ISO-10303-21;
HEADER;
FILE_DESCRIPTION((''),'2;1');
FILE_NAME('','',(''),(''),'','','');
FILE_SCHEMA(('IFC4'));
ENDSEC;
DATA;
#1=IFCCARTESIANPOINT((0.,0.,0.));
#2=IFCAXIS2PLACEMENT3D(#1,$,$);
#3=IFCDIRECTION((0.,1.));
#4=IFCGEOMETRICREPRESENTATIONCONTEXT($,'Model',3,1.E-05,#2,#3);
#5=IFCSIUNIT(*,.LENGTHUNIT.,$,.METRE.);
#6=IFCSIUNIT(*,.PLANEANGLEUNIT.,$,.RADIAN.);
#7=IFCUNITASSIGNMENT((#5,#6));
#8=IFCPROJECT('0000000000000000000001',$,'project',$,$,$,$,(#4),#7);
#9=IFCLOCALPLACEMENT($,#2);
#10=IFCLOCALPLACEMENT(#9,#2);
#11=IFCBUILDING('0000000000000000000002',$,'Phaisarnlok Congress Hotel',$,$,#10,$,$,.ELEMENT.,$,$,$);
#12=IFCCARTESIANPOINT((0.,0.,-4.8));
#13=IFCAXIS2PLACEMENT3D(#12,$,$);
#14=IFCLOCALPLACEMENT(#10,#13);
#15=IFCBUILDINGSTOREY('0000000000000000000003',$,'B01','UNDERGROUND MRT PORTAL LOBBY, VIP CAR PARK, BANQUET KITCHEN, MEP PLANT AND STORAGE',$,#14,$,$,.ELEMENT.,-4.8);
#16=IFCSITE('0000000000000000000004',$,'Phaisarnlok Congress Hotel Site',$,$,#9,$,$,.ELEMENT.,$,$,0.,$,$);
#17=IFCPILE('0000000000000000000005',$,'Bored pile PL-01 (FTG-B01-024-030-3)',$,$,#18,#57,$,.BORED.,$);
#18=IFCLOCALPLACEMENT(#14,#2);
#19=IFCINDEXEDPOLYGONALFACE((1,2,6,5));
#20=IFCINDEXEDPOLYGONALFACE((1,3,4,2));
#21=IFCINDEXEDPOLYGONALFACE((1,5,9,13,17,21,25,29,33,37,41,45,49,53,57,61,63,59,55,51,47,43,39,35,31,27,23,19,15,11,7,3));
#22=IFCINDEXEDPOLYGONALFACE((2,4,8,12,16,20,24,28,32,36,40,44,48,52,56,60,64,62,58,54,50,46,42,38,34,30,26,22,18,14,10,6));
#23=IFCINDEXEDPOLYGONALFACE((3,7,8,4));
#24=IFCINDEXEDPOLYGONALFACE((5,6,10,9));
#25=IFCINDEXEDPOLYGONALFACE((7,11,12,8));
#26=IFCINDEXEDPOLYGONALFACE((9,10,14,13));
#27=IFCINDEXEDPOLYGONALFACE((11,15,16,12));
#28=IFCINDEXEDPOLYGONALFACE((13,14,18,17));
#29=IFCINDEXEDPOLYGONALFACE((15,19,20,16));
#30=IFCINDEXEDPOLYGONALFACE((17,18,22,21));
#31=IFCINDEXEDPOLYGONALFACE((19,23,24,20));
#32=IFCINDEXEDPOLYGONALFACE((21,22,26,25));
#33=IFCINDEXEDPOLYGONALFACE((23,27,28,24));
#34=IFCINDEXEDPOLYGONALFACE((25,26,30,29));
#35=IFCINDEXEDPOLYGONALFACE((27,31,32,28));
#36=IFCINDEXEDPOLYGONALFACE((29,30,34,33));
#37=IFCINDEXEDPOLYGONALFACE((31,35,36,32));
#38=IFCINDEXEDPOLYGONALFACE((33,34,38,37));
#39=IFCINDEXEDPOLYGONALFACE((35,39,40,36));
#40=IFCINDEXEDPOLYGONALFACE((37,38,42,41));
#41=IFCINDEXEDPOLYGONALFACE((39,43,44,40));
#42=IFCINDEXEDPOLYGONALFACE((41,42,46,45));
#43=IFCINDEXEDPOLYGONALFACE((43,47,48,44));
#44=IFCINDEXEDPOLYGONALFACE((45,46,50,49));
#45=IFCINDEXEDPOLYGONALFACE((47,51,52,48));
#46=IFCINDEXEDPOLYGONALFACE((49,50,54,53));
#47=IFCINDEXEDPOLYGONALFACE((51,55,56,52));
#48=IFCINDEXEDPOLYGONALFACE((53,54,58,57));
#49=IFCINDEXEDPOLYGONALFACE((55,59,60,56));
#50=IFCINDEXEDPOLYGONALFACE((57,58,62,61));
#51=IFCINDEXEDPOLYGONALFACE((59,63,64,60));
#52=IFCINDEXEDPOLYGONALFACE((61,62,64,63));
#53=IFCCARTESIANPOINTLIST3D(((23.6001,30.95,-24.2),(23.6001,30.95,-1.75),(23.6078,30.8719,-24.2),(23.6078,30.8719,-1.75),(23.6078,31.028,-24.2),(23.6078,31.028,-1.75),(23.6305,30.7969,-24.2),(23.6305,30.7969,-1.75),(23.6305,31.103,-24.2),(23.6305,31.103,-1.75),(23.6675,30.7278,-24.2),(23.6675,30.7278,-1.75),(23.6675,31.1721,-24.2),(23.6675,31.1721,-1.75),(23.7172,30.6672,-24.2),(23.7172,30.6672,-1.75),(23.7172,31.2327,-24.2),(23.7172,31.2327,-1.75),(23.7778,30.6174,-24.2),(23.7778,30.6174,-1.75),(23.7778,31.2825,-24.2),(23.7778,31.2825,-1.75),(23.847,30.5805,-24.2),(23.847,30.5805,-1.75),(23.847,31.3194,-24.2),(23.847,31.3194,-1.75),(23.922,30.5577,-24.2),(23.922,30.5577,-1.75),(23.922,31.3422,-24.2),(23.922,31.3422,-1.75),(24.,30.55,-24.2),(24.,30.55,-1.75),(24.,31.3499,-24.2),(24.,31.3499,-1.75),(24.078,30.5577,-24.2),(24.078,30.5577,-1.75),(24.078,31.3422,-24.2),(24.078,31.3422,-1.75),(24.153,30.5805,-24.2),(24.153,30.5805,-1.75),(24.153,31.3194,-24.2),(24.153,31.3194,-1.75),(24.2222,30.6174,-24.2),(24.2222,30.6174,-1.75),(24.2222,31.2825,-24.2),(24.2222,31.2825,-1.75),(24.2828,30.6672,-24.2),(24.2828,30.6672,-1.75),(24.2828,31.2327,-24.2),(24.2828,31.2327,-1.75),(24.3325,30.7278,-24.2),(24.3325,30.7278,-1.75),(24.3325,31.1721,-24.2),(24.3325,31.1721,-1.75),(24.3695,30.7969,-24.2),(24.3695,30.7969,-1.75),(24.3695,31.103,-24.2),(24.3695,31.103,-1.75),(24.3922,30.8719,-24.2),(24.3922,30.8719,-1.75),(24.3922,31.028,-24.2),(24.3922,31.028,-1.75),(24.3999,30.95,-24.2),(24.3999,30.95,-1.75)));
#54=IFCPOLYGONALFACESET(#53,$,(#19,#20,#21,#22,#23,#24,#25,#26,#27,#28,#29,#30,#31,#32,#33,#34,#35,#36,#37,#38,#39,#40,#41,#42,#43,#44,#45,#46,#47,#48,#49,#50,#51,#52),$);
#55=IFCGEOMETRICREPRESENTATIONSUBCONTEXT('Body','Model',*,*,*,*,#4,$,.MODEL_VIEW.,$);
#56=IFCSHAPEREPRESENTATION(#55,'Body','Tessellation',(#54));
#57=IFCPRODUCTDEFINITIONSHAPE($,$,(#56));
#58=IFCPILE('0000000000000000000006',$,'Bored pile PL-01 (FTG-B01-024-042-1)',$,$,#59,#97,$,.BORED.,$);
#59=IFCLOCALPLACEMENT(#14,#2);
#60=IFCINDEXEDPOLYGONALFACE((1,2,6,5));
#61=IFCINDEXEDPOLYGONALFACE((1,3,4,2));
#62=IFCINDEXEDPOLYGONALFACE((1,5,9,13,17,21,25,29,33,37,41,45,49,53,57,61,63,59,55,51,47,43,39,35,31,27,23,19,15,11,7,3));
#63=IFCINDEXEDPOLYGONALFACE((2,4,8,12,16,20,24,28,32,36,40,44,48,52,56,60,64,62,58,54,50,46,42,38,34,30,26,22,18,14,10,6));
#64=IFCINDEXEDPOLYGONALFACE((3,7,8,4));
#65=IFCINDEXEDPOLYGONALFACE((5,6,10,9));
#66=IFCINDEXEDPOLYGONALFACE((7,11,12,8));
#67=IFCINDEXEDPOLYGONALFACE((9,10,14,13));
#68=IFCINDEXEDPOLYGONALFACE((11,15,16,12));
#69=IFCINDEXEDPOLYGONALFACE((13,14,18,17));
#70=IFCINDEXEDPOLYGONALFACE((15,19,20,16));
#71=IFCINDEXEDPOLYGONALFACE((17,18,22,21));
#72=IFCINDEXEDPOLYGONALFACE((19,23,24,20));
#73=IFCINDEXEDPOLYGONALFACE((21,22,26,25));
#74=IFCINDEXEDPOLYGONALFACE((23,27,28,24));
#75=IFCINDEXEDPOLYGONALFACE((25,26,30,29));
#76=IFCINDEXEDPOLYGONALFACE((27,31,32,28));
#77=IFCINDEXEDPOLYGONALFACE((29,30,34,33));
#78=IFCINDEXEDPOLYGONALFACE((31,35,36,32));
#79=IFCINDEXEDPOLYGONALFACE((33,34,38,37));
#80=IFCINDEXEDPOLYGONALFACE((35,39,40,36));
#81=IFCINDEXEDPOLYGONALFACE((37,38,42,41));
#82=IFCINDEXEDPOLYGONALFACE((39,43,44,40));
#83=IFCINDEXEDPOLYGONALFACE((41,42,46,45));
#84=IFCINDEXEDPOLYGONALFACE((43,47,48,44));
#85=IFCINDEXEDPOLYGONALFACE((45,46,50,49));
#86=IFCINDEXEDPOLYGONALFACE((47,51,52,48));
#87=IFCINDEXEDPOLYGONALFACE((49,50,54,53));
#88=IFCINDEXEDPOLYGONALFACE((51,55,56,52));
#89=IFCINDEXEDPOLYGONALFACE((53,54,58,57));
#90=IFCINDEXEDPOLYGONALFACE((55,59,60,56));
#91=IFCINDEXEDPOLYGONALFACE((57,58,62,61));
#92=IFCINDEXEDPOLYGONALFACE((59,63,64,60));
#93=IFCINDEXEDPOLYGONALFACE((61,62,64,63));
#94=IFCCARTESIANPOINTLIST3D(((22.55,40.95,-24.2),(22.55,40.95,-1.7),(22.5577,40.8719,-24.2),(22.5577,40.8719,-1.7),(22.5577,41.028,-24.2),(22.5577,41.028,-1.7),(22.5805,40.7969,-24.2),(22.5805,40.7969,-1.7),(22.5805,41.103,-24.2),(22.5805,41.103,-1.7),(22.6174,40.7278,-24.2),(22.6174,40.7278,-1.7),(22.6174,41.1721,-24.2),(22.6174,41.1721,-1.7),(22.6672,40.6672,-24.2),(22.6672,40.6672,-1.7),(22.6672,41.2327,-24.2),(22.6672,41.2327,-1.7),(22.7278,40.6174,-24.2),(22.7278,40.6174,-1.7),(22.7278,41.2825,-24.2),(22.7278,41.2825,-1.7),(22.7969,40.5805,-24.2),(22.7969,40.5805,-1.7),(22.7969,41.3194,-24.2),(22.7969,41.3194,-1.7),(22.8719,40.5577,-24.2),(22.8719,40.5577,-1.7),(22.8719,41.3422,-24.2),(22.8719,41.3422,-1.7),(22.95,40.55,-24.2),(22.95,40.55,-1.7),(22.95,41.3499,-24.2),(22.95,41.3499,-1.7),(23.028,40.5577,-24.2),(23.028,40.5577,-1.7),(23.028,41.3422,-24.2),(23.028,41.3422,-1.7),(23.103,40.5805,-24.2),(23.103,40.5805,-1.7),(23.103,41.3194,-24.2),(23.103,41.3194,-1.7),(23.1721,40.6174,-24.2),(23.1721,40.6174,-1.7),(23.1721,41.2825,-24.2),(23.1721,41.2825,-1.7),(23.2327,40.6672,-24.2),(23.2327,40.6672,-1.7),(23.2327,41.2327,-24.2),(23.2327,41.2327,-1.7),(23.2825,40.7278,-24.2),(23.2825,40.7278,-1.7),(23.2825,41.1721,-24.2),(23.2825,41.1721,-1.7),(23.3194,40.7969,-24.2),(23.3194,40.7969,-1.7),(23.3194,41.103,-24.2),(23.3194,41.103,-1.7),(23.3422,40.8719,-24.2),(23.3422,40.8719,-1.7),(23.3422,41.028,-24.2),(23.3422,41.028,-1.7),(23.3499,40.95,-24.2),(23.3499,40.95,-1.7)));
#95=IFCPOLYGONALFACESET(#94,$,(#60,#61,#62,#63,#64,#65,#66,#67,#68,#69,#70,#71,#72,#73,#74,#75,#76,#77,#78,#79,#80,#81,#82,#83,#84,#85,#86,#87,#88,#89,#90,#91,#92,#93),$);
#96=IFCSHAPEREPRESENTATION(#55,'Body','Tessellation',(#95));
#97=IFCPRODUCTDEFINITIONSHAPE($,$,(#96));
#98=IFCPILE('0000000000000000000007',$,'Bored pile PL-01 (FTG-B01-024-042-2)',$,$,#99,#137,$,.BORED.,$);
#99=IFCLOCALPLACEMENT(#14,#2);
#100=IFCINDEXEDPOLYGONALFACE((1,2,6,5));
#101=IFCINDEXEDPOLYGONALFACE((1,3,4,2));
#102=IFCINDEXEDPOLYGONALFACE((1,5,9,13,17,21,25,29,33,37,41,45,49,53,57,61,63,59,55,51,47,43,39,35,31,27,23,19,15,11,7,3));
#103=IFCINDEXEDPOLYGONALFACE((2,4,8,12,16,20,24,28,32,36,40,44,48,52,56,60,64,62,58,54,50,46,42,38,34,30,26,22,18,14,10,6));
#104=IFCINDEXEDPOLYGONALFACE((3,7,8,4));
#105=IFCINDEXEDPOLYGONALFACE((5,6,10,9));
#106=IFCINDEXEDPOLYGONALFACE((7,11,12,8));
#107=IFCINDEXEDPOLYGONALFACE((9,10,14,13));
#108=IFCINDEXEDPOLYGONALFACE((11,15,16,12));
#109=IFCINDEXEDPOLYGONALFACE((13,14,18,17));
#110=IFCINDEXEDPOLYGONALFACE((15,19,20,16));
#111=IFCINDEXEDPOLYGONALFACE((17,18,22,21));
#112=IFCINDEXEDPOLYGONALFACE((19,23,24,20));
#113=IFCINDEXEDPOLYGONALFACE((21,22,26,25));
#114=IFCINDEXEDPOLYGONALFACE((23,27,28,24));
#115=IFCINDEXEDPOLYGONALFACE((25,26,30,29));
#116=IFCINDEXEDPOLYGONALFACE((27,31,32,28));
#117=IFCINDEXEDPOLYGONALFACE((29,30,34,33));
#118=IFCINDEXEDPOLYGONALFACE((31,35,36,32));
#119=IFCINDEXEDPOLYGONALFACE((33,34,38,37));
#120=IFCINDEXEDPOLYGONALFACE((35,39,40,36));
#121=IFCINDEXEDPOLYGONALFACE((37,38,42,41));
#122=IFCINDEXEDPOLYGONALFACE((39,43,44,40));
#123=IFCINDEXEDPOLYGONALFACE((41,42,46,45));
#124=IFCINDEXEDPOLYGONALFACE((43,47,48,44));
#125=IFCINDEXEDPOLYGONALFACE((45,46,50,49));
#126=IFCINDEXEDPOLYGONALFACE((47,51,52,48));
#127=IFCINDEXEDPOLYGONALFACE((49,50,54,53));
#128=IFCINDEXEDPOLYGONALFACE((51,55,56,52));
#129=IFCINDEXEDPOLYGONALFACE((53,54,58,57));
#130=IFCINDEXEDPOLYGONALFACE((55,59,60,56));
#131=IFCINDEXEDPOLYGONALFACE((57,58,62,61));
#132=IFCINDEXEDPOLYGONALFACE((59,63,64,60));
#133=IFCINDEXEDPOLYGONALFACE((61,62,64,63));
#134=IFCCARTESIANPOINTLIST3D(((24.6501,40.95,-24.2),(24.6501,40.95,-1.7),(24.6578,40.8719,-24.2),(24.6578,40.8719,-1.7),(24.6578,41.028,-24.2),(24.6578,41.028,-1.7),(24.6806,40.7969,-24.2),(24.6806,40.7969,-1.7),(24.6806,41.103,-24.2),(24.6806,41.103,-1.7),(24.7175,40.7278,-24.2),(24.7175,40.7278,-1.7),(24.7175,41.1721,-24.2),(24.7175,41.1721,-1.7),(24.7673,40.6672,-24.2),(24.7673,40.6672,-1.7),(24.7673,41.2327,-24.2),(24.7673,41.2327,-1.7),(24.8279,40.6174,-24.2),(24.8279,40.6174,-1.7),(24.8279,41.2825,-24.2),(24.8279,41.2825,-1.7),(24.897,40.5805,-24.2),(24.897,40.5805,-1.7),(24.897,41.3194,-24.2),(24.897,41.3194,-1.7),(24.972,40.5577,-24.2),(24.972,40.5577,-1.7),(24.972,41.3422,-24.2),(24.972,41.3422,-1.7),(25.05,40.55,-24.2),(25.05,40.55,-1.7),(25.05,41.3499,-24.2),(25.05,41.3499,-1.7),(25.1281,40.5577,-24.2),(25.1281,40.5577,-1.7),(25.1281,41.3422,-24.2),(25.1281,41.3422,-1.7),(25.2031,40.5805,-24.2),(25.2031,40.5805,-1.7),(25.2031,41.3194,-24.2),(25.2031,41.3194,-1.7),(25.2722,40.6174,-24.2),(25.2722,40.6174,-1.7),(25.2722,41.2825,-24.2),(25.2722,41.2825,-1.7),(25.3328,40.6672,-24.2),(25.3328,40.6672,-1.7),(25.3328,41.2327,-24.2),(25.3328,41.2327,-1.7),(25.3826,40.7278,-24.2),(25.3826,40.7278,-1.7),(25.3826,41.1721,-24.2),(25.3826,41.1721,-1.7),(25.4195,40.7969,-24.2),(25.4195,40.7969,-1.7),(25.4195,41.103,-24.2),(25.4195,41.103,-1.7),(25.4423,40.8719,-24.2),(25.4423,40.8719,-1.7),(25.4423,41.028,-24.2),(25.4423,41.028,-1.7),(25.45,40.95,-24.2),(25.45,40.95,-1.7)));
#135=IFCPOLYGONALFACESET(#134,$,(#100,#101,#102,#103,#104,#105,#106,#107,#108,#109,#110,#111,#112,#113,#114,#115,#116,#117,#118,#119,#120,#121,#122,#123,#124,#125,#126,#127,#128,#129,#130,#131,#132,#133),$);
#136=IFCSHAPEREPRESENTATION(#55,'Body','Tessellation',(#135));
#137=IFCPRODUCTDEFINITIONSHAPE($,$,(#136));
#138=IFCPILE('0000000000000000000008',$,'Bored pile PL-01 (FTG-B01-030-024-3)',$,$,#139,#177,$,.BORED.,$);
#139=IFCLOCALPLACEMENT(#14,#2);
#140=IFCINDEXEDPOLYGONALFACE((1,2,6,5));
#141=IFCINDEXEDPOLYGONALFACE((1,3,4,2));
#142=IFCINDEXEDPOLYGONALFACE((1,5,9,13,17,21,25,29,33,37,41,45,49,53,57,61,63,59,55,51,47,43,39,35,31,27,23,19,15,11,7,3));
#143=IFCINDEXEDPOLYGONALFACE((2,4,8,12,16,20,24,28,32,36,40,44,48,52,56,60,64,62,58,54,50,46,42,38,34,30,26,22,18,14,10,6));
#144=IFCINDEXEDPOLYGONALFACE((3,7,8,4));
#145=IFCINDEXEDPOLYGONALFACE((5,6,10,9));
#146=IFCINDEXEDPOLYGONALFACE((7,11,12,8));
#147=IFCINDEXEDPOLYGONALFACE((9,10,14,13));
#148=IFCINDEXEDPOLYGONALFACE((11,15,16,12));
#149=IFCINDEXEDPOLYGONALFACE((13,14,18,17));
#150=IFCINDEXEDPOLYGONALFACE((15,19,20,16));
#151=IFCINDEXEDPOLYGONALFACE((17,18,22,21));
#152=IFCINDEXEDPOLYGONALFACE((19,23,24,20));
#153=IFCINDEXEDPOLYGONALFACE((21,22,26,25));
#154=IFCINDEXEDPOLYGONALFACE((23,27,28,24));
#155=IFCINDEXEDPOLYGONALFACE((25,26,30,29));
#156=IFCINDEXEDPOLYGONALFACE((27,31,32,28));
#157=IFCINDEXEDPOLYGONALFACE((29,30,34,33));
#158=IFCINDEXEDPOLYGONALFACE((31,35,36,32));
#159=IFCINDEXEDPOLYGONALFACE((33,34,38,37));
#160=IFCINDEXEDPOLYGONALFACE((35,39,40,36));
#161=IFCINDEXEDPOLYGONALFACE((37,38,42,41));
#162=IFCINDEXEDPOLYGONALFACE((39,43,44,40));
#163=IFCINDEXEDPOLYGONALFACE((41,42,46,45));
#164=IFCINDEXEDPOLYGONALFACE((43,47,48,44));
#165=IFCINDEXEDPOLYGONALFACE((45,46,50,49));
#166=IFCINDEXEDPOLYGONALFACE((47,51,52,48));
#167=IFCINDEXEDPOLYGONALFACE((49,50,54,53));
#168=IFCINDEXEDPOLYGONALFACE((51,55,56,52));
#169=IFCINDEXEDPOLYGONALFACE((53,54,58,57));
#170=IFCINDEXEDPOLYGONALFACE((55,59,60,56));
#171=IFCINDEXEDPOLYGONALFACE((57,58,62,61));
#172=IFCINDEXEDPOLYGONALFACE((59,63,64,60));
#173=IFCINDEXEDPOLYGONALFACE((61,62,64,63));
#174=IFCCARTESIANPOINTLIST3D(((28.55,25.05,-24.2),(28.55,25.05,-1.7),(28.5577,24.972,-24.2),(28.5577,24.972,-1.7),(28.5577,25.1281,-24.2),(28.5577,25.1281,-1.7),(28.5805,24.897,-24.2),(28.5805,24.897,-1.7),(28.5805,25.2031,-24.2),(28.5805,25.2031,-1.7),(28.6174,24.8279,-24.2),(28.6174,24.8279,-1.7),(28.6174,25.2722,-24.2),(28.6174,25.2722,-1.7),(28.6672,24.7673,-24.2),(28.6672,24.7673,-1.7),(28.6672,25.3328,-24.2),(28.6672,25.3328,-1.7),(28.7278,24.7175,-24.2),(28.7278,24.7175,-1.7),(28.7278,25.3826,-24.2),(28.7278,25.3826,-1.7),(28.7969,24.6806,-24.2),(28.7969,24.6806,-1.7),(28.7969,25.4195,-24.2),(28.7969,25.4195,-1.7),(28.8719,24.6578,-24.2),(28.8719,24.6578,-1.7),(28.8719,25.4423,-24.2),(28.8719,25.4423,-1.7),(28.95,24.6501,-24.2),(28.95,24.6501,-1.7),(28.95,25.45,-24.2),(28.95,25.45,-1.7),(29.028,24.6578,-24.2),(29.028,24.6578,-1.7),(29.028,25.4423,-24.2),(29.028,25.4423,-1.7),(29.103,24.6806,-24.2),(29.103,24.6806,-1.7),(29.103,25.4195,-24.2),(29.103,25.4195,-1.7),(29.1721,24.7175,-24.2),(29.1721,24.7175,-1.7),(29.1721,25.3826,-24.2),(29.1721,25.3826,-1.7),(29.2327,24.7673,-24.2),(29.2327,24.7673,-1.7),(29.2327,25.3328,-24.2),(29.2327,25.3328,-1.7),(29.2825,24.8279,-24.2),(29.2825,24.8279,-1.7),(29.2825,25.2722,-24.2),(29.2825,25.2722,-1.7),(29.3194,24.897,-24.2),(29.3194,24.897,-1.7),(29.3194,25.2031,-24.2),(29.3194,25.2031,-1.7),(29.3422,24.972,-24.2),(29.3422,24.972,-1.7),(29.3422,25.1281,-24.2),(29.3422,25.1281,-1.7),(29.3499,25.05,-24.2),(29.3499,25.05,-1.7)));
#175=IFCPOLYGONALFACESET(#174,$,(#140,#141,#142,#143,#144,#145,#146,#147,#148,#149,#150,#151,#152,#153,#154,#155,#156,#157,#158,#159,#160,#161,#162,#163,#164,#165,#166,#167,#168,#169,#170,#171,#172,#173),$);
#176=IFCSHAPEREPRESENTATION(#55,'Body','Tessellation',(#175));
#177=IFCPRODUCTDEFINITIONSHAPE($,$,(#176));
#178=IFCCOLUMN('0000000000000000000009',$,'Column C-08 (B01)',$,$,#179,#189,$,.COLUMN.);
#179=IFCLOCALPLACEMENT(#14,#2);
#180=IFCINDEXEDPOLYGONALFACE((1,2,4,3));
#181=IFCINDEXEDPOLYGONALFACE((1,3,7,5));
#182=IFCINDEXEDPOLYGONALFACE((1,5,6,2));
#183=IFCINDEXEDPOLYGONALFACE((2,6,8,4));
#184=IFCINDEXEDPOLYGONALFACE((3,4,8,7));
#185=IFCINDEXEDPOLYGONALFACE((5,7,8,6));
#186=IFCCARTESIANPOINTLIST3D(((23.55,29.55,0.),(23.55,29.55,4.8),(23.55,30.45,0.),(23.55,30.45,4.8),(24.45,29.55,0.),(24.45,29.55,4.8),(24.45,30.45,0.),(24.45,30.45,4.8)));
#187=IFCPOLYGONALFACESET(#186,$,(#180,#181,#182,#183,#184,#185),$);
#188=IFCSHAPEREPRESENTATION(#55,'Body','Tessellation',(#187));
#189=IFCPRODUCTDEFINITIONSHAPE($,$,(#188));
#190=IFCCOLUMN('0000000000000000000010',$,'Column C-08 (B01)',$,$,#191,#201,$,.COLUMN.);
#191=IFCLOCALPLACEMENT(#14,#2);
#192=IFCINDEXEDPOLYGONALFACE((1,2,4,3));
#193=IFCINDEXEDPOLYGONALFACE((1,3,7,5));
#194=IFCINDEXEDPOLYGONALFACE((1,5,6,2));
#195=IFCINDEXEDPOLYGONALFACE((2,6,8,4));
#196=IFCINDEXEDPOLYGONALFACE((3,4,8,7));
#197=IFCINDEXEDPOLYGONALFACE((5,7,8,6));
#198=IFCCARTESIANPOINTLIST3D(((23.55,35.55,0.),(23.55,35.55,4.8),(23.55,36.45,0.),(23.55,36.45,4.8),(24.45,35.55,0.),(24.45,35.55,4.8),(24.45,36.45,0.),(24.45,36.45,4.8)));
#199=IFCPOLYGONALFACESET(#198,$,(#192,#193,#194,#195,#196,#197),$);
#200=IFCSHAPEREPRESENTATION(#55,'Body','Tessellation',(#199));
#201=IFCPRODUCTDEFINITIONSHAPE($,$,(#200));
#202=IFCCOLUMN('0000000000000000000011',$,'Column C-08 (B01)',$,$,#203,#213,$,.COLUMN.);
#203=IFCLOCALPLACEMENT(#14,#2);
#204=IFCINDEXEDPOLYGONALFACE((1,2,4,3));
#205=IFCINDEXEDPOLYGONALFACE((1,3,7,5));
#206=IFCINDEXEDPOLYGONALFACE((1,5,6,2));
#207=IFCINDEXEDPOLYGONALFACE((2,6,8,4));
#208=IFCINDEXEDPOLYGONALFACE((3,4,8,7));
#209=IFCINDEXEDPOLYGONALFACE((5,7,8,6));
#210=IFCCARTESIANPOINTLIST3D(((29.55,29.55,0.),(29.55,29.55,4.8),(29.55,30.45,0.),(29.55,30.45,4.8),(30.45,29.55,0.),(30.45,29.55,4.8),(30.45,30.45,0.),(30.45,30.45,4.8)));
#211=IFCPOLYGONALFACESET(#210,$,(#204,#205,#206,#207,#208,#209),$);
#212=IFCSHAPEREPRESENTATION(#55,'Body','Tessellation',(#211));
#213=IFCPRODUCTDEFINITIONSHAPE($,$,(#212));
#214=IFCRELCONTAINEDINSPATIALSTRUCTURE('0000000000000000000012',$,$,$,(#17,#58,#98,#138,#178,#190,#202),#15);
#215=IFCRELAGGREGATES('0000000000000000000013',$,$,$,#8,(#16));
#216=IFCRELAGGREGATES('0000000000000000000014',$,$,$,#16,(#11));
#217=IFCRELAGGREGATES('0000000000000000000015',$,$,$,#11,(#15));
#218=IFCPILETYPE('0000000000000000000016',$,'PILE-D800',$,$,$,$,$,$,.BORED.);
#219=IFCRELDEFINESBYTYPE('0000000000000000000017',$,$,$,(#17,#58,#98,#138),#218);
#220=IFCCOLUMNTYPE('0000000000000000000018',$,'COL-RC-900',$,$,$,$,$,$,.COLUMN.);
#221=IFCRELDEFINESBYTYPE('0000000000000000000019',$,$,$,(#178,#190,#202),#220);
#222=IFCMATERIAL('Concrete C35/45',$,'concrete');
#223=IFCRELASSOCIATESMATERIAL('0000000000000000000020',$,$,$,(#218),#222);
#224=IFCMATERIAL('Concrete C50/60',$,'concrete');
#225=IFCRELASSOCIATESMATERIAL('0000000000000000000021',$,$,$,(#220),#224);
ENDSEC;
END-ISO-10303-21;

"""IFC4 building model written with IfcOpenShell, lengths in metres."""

from ifc_helpers import new_model, si_unit, direction, frame, origin, origin_2d, place, context, subcontext, project, spatial, rectangle, circle, extrude, material, material_profile, profile_set, type_object, element, save


model = new_model("IFC4")

# Units and contexts
model_context = context("Model", 3, precision=1e-05, world=origin(), true_north=direction((0.0, 1.0)))
body_context = subcontext(model_context, "Body", "Model", "MODEL_VIEW")
ifc_project = project(units=[si_unit("LENGTHUNIT", "METRE"), si_unit("PLANEANGLEUNIT", "RADIAN")], contexts=[model_context])

# Site, building, storey
site_placement = place(None, origin())
site = spatial("IfcSite", under=ifc_project, at=site_placement, Name="Phaisarnlok Congress Hotel Site", CompositionType="ELEMENT", RefElevation=0.0)
building_placement = place(site_placement, origin())
building = spatial("IfcBuilding", under=site, at=building_placement, Name="Phaisarnlok Congress Hotel", CompositionType="ELEMENT")
storey_placement = place(building_placement, frame((0.0, 0.0, -4.8)))
storey = spatial("IfcBuildingStorey", under=building, at=storey_placement, Name="B01", Description="UNDERGROUND MRT PORTAL LOBBY, VIP CAR PARK, BANQUET KITCHEN, MEP PLANT AND STORAGE", CompositionType="ELEMENT", Elevation=-4.8)

# Piles
ifc_material_1 = material(Name="Concrete C35/45", Category="concrete")
ifc_material_profile_1 = material_profile(ifc_material_1, circle(Radius=0.3999, at=origin_2d()), Name="BORED PILE D800")
ifc_profile_set_1 = profile_set([ifc_material_profile_1], Name="Concrete C35/45")
pile_type_1 = type_object("IfcPileType", Name="PILE-D800", PredefinedType="BORED", material=ifc_profile_set_1)
for number, where, z_axis, x_axis, name in (
    (1, (24.0, 30.95, -1.75), (0.0, 0.0, -1.0), (1.0, 0.0, 0.0), "Bored pile PL-01 (FTG-B01-024-030-3)"),
):
    element("IfcPile", number, at=place(storey_placement, frame(where, z_axis=z_axis, x_axis=x_axis)), inside=storey, type_object=pile_type_1, Name=name, PredefinedType="BORED", context=body_context, shape_type="SweptSolid", body=[
        extrude(circle(Radius=0.3999, at=origin_2d()), origin(), (0.0, 0.0, 1.0), 22.45),
    ])
for number, where, z_axis, x_axis, name in (
    (2, (22.95, 40.95, -1.7), (0.0, 0.0, -1.0), (1.0, 0.0, 0.0), "Bored pile PL-01 (FTG-B01-024-042-1)"),
    (3, (25.05, 40.95, -1.7), (0.0, 0.0, -1.0), (1.0, 0.0, 0.0), "Bored pile PL-01 (FTG-B01-024-042-2)"),
    (4, (28.95, 25.05, -1.7), (0.0, 0.0, -1.0), (1.0, 0.0, 0.0), "Bored pile PL-01 (FTG-B01-030-024-3)"),
):
    element("IfcPile", number, at=place(storey_placement, frame(where, z_axis=z_axis, x_axis=x_axis)), inside=storey, type_object=pile_type_1, Name=name, PredefinedType="BORED", context=body_context, shape_type="SweptSolid", body=[
        extrude(circle(Radius=0.3999, at=origin_2d()), origin(), (0.0, 0.0, 1.0), 22.5),
    ])

# Columns
ifc_material_2 = material(Name="Concrete C50/60", Category="concrete")
ifc_material_profile_2 = material_profile(ifc_material_2, rectangle(XDim=0.8999, YDim=0.8999, at=origin_2d()), Name="RC 900x900")
ifc_profile_set_2 = profile_set([ifc_material_profile_2], Name="Concrete C50/60")
column_type = type_object("IfcColumnType", Name="COL-RC-900", PredefinedType="COLUMN", material=ifc_profile_set_2)
for number, where, z_axis, x_axis, name in (
    (5, (24.0, 30.0, 0.0), (0.0, 0.0, 1.0), (1.0, 0.0, 0.0), "Column C-08 (B01)"),
    (6, (24.0, 36.0, 0.0), (0.0, 0.0, 1.0), (1.0, 0.0, 0.0), "Column C-08 (B01)"),
    (7, (30.0, 30.0, 0.0), (0.0, 0.0, 1.0), (1.0, 0.0, 0.0), "Column C-08 (B01)"),
):
    element("IfcColumn", number, at=place(storey_placement, frame(where, z_axis=z_axis, x_axis=x_axis)), inside=storey, type_object=column_type, Name=name, PredefinedType="COLUMN", context=body_context, shape_type="SweptSolid", body=[
        extrude(rectangle(XDim=0.8999, YDim=0.8999, at=origin_2d()), origin(), (0.0, 0.0, 1.0), 4.8),
    ])

save(model, "model.ifc")
